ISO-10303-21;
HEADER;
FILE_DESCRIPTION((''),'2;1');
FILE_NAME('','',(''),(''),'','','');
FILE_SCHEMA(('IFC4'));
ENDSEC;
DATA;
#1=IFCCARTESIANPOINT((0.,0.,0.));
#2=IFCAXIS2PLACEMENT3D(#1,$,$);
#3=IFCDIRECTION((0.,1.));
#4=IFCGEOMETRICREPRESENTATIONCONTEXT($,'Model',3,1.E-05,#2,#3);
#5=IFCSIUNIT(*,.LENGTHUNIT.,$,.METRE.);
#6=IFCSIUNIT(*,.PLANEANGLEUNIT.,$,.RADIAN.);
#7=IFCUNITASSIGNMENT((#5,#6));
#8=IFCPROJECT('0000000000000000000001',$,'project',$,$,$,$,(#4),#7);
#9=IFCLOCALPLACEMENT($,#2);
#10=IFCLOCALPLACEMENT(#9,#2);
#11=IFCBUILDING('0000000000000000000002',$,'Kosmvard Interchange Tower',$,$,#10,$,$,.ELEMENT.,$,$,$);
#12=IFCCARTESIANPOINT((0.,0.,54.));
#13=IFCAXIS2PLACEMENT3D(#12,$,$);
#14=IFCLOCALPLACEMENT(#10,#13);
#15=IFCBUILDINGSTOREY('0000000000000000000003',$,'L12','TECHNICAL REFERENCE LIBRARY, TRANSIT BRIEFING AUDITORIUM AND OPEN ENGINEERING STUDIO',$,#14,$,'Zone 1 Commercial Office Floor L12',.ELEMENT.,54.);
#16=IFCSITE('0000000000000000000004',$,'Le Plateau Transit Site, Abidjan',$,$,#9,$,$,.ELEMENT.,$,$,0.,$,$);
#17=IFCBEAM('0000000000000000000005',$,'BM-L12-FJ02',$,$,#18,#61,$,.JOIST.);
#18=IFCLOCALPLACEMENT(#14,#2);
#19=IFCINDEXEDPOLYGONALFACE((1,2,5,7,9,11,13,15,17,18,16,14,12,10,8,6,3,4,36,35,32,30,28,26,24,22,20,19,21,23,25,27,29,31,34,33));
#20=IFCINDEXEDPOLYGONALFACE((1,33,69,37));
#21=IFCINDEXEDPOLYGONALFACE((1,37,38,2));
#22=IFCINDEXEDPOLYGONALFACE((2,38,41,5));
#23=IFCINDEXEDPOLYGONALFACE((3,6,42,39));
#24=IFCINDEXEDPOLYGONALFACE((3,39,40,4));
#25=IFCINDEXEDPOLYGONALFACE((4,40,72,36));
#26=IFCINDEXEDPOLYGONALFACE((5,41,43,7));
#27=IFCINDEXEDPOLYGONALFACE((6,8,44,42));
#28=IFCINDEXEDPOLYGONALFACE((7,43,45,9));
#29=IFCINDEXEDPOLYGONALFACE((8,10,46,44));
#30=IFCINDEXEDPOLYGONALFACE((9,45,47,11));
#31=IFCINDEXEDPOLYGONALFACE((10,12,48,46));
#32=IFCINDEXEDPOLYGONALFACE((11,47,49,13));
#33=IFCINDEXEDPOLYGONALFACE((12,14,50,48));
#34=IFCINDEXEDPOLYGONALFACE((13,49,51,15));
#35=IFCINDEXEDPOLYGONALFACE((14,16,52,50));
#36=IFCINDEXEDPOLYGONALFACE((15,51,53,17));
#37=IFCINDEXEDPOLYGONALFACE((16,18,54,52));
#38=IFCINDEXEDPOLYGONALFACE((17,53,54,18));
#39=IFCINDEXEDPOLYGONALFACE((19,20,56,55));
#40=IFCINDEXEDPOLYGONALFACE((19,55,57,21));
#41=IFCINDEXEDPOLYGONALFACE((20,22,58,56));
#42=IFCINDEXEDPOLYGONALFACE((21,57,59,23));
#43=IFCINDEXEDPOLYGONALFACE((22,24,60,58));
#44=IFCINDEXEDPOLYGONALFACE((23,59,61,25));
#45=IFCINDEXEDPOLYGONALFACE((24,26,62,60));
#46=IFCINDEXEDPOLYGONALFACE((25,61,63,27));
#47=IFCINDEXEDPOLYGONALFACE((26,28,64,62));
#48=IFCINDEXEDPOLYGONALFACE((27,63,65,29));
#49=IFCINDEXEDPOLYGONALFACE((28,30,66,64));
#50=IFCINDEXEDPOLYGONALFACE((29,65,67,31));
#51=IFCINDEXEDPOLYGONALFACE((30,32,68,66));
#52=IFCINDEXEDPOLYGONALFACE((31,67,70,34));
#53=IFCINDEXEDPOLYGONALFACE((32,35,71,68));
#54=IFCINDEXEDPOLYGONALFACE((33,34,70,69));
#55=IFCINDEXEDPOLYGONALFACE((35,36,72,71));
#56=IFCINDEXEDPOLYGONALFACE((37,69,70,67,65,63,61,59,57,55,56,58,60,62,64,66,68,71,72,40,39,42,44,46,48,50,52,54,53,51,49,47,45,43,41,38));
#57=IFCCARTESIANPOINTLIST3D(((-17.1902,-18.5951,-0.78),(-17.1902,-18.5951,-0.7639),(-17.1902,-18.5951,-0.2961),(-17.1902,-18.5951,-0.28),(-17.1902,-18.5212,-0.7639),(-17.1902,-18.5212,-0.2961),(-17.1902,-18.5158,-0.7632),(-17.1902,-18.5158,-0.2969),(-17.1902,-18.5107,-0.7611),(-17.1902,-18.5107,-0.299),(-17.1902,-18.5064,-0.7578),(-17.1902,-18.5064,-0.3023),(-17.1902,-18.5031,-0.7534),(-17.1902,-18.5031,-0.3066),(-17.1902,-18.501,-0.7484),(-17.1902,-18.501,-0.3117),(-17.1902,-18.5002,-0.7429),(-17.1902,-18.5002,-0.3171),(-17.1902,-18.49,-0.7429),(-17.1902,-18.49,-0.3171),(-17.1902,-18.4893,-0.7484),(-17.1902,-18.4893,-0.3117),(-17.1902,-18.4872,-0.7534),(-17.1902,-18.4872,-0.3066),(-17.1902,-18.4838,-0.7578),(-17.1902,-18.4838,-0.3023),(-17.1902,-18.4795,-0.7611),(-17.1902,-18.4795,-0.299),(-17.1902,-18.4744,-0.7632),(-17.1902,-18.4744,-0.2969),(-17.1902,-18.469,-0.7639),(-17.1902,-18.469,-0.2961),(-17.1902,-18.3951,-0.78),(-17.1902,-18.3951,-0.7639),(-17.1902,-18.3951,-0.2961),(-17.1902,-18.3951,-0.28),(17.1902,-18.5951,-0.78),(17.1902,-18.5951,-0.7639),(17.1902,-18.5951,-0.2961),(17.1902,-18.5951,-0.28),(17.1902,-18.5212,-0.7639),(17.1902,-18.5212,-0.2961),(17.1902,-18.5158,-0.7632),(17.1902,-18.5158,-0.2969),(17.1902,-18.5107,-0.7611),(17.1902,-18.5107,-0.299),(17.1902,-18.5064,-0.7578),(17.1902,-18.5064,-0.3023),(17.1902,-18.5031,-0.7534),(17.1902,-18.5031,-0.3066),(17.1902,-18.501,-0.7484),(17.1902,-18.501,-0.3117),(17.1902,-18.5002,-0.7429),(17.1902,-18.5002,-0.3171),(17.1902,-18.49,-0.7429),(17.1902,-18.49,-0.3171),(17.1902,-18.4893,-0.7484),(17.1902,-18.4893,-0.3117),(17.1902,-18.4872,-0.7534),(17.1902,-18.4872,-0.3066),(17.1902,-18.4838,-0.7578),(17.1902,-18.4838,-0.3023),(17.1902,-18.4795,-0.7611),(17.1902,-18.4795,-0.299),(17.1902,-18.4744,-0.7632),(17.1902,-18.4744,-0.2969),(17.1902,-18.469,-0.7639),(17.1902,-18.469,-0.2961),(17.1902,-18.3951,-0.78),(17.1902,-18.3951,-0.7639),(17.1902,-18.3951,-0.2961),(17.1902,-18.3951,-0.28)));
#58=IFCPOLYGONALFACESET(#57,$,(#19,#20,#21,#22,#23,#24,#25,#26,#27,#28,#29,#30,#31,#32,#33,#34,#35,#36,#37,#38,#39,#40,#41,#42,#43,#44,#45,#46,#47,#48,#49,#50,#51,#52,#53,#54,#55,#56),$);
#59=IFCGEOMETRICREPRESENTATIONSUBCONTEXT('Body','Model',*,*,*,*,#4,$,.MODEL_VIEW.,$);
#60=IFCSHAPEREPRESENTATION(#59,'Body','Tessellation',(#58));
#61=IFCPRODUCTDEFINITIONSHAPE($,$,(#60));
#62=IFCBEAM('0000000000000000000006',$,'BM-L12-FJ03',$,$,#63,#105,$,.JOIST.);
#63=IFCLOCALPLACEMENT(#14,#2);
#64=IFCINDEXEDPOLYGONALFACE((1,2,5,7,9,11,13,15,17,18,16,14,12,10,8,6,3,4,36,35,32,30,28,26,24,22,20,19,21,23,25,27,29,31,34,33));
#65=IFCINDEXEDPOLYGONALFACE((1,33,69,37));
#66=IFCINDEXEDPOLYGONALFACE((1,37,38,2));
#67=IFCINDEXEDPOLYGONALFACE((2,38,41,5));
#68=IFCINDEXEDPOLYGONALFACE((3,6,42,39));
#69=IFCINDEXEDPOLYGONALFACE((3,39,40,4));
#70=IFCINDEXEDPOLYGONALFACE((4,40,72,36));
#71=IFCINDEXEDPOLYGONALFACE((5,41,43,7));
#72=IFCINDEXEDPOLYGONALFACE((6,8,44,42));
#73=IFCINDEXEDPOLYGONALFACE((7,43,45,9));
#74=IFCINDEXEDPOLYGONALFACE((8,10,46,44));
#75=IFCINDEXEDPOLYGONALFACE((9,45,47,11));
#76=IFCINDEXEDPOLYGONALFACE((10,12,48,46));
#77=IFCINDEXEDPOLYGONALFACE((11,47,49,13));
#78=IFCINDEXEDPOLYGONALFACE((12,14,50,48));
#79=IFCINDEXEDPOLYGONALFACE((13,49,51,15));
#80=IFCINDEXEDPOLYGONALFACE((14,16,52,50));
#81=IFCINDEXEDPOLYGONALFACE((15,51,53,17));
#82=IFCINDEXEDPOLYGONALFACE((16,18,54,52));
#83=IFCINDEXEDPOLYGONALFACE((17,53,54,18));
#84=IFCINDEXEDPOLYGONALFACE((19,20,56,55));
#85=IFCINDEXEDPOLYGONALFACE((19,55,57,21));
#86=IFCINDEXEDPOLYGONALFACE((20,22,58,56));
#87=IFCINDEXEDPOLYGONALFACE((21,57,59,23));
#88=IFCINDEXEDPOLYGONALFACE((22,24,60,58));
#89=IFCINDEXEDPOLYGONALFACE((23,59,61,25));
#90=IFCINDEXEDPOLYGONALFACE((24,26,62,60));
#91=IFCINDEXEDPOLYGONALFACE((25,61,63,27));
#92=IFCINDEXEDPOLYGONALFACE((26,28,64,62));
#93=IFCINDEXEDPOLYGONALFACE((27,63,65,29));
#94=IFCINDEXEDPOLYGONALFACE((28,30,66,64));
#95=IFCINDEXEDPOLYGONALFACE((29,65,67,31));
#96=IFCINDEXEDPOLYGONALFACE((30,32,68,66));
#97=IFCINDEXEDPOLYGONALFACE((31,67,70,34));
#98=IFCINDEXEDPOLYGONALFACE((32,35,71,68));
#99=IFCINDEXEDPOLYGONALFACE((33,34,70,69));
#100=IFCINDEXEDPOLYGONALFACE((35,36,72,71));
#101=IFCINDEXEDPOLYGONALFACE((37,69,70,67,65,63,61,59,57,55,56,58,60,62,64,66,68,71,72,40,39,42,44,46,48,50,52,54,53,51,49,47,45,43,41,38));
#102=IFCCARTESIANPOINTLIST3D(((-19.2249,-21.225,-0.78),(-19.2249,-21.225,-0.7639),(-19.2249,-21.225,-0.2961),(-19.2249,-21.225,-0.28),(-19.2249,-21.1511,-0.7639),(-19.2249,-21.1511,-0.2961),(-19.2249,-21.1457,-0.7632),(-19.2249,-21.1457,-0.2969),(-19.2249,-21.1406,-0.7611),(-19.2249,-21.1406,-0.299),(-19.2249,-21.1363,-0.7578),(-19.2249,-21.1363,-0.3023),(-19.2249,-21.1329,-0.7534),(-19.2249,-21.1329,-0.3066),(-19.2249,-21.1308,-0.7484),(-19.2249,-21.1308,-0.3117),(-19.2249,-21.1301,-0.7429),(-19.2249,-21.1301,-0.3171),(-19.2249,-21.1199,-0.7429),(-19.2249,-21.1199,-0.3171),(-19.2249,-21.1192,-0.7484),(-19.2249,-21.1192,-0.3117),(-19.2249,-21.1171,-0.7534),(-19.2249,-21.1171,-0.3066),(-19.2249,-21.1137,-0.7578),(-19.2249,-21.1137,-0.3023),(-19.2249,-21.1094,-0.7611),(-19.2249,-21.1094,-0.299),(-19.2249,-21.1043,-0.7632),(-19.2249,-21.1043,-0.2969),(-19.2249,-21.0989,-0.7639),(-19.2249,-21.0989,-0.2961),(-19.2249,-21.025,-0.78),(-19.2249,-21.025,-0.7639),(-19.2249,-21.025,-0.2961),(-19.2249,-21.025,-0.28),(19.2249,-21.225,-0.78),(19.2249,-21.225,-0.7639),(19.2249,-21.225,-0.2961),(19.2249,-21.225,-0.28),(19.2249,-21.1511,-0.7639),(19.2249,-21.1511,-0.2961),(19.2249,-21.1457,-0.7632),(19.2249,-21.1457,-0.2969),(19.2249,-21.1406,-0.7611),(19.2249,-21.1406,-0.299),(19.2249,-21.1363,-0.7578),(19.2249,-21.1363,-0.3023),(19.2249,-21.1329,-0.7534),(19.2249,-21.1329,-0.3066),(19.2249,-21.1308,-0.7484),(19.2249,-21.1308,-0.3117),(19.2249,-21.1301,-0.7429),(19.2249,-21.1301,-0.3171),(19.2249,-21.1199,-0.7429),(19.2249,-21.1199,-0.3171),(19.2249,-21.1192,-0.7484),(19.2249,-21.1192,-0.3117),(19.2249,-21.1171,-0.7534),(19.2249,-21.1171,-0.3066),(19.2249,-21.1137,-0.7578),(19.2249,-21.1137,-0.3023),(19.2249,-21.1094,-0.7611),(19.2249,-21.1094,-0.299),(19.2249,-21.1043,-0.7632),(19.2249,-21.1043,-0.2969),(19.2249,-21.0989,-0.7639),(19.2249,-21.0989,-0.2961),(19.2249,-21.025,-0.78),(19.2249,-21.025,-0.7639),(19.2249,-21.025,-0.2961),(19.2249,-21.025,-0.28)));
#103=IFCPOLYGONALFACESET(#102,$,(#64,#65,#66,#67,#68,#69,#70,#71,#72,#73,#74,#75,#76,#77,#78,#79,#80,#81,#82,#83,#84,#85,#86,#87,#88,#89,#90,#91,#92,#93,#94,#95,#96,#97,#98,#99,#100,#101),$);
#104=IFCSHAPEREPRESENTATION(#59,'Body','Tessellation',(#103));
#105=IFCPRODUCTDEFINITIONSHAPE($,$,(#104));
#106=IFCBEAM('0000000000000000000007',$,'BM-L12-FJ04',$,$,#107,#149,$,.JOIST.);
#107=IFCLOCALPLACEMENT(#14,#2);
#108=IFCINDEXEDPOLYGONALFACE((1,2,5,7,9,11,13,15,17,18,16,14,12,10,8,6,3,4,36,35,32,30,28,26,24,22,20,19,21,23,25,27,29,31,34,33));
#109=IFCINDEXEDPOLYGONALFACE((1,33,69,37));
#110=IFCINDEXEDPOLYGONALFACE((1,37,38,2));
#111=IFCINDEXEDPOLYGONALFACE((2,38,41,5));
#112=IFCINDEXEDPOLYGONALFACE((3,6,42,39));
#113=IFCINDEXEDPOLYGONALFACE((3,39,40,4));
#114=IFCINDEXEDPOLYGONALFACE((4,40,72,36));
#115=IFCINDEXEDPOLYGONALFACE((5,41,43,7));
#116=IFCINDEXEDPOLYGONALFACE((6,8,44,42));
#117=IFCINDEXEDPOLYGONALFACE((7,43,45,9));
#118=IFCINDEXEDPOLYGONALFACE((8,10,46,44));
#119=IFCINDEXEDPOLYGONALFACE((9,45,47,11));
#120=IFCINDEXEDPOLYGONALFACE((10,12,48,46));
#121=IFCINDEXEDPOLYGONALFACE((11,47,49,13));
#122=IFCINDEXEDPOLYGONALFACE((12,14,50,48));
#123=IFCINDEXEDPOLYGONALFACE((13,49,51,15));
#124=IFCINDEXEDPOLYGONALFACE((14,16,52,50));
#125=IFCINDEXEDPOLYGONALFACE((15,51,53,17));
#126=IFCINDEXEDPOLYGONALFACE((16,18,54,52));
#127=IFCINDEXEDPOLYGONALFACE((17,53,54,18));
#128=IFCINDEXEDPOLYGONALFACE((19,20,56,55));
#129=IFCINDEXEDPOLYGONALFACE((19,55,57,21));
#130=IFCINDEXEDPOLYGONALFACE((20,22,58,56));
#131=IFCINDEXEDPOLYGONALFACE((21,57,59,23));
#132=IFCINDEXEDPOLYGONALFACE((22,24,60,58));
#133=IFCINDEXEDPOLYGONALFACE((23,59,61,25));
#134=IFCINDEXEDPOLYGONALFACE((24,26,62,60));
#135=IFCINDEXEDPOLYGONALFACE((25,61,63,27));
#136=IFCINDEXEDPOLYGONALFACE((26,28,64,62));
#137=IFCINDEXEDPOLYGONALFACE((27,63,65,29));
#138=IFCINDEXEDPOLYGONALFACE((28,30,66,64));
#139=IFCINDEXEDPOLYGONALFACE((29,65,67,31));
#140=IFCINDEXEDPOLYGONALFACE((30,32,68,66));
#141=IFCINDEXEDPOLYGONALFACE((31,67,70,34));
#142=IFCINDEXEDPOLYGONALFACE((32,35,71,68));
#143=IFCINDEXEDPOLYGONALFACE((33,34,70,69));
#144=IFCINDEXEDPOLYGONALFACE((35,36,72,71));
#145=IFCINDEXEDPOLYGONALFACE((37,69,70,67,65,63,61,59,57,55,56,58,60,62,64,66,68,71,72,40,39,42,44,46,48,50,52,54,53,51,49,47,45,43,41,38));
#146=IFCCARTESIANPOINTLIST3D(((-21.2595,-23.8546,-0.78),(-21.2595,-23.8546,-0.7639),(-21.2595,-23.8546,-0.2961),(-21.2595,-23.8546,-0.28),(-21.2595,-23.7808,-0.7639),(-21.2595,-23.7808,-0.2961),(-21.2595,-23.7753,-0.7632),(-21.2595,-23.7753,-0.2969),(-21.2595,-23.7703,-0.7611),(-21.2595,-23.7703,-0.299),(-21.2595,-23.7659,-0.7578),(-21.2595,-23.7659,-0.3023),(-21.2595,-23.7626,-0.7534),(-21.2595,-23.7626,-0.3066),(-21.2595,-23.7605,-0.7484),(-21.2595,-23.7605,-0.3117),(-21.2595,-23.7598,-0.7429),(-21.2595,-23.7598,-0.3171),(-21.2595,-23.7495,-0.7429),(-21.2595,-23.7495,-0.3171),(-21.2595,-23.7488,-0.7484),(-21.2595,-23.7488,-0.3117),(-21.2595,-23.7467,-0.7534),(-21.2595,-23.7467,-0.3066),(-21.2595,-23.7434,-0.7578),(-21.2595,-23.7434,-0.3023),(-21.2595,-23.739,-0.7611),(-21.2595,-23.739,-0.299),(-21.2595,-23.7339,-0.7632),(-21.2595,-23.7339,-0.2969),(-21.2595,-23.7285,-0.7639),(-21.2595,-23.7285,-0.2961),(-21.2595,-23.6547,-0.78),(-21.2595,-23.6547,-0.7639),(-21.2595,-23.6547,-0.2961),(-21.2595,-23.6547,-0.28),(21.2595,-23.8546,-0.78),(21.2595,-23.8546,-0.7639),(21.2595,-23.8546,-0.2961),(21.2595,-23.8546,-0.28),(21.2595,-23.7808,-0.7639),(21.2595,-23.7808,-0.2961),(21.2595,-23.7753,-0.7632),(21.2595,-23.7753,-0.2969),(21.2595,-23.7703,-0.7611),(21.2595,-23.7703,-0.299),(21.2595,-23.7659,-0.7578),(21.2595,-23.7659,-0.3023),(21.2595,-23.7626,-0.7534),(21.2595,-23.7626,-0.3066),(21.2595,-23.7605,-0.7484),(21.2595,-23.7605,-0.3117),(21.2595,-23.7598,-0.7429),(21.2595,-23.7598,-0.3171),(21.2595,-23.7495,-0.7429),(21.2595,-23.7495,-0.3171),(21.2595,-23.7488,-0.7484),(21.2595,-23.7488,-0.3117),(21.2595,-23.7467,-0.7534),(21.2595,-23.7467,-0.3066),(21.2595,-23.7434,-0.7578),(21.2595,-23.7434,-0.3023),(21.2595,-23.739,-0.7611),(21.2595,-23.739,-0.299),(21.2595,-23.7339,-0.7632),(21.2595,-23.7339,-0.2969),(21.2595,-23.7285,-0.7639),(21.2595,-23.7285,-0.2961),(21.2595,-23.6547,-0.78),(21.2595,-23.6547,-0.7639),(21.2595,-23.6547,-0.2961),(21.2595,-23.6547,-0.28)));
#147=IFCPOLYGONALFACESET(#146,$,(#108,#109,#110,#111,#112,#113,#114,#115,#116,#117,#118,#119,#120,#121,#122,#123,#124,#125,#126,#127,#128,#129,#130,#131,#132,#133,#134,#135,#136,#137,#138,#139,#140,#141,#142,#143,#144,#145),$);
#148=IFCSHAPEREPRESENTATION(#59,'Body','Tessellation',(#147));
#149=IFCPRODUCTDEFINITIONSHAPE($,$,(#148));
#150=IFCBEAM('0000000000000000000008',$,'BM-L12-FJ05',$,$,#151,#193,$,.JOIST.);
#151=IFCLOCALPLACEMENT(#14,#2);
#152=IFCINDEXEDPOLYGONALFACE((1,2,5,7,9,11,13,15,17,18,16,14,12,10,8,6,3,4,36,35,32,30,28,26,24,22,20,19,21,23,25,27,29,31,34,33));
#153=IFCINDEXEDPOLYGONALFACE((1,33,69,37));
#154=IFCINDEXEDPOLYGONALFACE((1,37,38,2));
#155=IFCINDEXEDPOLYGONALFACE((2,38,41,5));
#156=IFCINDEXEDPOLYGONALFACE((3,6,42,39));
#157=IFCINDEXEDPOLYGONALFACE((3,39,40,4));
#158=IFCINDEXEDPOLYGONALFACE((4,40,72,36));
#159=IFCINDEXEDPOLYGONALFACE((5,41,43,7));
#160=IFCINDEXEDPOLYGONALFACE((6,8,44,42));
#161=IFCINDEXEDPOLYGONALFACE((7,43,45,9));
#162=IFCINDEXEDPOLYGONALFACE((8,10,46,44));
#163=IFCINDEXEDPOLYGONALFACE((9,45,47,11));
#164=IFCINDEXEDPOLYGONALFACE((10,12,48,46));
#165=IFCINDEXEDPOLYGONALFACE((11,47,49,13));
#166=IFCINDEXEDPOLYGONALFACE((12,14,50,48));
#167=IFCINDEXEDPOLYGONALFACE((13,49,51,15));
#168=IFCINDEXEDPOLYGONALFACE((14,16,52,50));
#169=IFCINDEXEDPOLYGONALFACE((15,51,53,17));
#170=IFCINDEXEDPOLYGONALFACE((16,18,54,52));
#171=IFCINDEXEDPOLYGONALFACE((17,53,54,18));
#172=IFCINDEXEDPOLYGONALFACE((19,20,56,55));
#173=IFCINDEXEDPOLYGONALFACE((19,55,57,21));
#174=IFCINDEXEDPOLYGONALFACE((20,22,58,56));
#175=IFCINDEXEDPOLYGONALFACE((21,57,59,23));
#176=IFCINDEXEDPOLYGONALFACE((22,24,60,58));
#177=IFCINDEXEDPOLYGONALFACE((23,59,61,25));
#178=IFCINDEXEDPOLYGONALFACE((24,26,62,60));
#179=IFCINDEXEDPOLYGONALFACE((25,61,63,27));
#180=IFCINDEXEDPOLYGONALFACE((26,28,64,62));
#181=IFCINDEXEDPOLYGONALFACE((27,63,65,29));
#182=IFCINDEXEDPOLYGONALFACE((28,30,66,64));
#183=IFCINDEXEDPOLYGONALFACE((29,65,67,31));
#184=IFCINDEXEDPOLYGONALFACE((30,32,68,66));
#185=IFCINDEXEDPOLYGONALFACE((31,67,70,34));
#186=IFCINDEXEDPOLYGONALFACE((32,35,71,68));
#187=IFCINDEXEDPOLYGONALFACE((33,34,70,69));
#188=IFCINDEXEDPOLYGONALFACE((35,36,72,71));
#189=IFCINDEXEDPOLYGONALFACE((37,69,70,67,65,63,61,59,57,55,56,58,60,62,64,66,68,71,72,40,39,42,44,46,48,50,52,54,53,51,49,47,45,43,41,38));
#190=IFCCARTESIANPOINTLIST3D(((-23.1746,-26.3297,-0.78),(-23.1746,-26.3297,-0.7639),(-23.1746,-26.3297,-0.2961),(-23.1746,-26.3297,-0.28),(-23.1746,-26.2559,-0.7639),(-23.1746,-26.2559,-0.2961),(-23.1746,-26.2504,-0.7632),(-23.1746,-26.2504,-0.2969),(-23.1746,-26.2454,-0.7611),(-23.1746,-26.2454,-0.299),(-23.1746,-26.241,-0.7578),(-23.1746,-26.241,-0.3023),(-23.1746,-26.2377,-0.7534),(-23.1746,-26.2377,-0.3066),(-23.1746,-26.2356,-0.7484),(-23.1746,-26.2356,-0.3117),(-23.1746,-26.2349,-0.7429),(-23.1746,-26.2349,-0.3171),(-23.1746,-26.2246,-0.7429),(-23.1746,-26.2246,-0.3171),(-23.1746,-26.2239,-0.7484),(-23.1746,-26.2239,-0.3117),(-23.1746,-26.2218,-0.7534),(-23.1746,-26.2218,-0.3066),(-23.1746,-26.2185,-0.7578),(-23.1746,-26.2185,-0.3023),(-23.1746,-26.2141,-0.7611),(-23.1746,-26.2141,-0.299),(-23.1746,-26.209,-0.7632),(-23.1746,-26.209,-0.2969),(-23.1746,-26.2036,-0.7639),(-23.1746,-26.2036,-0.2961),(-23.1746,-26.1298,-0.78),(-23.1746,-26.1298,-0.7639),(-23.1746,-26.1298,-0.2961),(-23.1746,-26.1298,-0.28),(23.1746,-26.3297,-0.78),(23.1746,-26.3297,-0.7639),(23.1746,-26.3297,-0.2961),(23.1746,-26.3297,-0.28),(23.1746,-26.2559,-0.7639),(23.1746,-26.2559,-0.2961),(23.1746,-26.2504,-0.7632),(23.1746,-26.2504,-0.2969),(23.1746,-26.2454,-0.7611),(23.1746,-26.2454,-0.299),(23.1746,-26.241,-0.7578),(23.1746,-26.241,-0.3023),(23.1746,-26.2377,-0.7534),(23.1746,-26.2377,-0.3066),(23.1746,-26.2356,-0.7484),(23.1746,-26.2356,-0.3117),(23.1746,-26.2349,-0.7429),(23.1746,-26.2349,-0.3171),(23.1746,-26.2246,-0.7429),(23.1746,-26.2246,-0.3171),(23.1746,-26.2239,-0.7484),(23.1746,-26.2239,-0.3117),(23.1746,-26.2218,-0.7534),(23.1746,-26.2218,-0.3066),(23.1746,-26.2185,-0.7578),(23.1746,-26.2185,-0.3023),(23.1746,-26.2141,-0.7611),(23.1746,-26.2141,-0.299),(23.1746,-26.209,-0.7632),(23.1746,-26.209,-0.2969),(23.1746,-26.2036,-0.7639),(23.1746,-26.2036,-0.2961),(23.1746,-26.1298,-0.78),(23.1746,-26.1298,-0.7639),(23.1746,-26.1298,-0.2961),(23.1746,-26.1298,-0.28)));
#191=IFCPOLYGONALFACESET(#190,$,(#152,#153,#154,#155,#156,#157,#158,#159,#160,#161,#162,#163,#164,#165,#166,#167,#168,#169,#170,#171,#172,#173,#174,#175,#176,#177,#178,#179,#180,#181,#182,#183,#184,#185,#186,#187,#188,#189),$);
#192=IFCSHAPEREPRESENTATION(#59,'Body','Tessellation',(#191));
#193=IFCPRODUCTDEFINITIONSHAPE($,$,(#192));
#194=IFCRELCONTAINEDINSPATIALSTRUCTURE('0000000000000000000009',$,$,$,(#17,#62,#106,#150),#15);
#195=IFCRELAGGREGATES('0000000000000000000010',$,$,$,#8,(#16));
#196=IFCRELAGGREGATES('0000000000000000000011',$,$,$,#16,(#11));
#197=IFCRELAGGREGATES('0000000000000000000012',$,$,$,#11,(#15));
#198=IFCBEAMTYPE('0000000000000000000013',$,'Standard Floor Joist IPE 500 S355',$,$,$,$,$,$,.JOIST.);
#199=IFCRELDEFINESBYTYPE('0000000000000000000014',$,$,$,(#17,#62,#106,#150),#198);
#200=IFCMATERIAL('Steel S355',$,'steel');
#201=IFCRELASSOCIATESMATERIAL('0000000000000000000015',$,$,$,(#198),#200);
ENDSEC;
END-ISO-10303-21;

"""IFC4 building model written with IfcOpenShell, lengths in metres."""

from ifc_helpers import new_model, si_unit, direction, frame, origin, origin_2d, place, context, subcontext, project, spatial, i_section, extrude, source, transform, mapped, material, material_profile, profile_set, type_object, element, save


model = new_model("IFC4")

# Units and contexts
model_context = context("Model", 3, precision=1e-05, world=origin(), true_north=direction((0.0, 1.0)))
body_context = subcontext(model_context, "Body", "Model", "MODEL_VIEW")
ifc_project = project(units=[si_unit("LENGTHUNIT", "METRE"), si_unit("PLANEANGLEUNIT", "RADIAN")], contexts=[model_context])

# Site, building, storey
site_placement = place(None, origin())
site = spatial("IfcSite", under=ifc_project, at=site_placement, Name="Le Plateau Transit Site, Abidjan", CompositionType="ELEMENT", RefElevation=0.0)
building_placement = place(site_placement, origin())
building = spatial("IfcBuilding", under=site, at=building_placement, Name="Kosmvard Interchange Tower", CompositionType="ELEMENT")
storey_placement = place(building_placement, frame((0.0, 0.0, 54.0)))
storey = spatial("IfcBuildingStorey", under=building, at=storey_placement, Name="L12", Description="TECHNICAL REFERENCE LIBRARY, TRANSIT BRIEFING AUDITORIUM AND OPEN ENGINEERING STUDIO", LongName="Zone 1 Commercial Office Floor L12", CompositionType="ELEMENT", Elevation=54.0)

# Beams
ifc_material_1 = material(Name="Steel S355", Category="steel")
ifc_material_profile_1 = material_profile(ifc_material_1, i_section(OverallWidth=0.2, OverallDepth=0.5, WebThickness=0.0103, FlangeThickness=0.0161, FilletRadius=0.021, at=origin_2d()), Name="IPE 500")
ifc_profile_set_1 = profile_set([ifc_material_profile_1], Name="Steel S355")
beam_type_1 = type_object("IfcBeamType", Name="Standard Floor Joist IPE 500 S355", PredefinedType="JOIST", material=ifc_profile_set_1)
shared_shape_1 = source(origin(), body_context, "Body", "SweptSolid", [
    extrude(i_section(OverallWidth=0.2, OverallDepth=0.5, WebThickness=0.0103, FlangeThickness=0.0161, FilletRadius=0.021, at=origin_2d()), origin(), (0.0, 0.0, 1.0), 34.3804),
])
beam_1_placement = place(storey_placement, frame((-17.1902, -18.4951, -0.53), z_axis=(1.0, 0.0, 0.0), x_axis=(0.0, 1.0, 0.0)))
element("IfcBeam", 1, at=beam_1_placement, inside=storey, type_object=beam_type_1, Name="BM-L12-FJ02", PredefinedType="JOIST", context=body_context, shape_type="MappedRepresentation", body=[
    mapped(shared_shape_1, transform((0.0, 0.0, 0.0), scale=1.0)),
])
shared_shape_2 = source(origin(), body_context, "Body", "SweptSolid", [
    extrude(i_section(OverallWidth=0.2, OverallDepth=0.5, WebThickness=0.0103, FlangeThickness=0.0161, FilletRadius=0.021, at=origin_2d()), origin(), (0.0, 0.0, 1.0), 38.4497),
])
beam_2_placement = place(storey_placement, frame((-19.2249, -21.125, -0.53), z_axis=(1.0, 0.0, 0.0), x_axis=(0.0, 1.0, 0.0)))
element("IfcBeam", 2, at=beam_2_placement, inside=storey, type_object=beam_type_1, Name="BM-L12-FJ03", PredefinedType="JOIST", context=body_context, shape_type="MappedRepresentation", body=[
    mapped(shared_shape_2, transform((0.0, 0.0, 0.0), scale=1.0)),
])
shared_shape_3 = source(origin(), body_context, "Body", "SweptSolid", [
    extrude(i_section(OverallWidth=0.2, OverallDepth=0.5, WebThickness=0.0103, FlangeThickness=0.0161, FilletRadius=0.021, at=origin_2d()), origin(), (0.0, 0.0, 1.0), 42.519),
])
beam_3_placement = place(storey_placement, frame((-21.2595, -23.7546, -0.53), z_axis=(1.0, 0.0, 0.0), x_axis=(0.0, 1.0, 0.0)))
element("IfcBeam", 3, at=beam_3_placement, inside=storey, type_object=beam_type_1, Name="BM-L12-FJ04", PredefinedType="JOIST", context=body_context, shape_type="MappedRepresentation", body=[
    mapped(shared_shape_3, transform((0.0, 0.0, 0.0), scale=1.0)),
])
shared_shape_4 = source(origin(), body_context, "Body", "SweptSolid", [
    extrude(i_section(OverallWidth=0.2, OverallDepth=0.5, WebThickness=0.0103, FlangeThickness=0.0161, FilletRadius=0.021, at=origin_2d()), origin(), (0.0, 0.0, 1.0), 46.3491),
])
beam_4_placement = place(storey_placement, frame((-23.1746, -26.2297, -0.53), z_axis=(1.0, 0.0, 0.0), x_axis=(0.0, 1.0, 0.0)))
element("IfcBeam", 4, at=beam_4_placement, inside=storey, type_object=beam_type_1, Name="BM-L12-FJ05", PredefinedType="JOIST", context=body_context, shape_type="MappedRepresentation", body=[
    mapped(shared_shape_4, transform((0.0, 0.0, 0.0), scale=1.0)),
])

save(model, "model.ifc")
